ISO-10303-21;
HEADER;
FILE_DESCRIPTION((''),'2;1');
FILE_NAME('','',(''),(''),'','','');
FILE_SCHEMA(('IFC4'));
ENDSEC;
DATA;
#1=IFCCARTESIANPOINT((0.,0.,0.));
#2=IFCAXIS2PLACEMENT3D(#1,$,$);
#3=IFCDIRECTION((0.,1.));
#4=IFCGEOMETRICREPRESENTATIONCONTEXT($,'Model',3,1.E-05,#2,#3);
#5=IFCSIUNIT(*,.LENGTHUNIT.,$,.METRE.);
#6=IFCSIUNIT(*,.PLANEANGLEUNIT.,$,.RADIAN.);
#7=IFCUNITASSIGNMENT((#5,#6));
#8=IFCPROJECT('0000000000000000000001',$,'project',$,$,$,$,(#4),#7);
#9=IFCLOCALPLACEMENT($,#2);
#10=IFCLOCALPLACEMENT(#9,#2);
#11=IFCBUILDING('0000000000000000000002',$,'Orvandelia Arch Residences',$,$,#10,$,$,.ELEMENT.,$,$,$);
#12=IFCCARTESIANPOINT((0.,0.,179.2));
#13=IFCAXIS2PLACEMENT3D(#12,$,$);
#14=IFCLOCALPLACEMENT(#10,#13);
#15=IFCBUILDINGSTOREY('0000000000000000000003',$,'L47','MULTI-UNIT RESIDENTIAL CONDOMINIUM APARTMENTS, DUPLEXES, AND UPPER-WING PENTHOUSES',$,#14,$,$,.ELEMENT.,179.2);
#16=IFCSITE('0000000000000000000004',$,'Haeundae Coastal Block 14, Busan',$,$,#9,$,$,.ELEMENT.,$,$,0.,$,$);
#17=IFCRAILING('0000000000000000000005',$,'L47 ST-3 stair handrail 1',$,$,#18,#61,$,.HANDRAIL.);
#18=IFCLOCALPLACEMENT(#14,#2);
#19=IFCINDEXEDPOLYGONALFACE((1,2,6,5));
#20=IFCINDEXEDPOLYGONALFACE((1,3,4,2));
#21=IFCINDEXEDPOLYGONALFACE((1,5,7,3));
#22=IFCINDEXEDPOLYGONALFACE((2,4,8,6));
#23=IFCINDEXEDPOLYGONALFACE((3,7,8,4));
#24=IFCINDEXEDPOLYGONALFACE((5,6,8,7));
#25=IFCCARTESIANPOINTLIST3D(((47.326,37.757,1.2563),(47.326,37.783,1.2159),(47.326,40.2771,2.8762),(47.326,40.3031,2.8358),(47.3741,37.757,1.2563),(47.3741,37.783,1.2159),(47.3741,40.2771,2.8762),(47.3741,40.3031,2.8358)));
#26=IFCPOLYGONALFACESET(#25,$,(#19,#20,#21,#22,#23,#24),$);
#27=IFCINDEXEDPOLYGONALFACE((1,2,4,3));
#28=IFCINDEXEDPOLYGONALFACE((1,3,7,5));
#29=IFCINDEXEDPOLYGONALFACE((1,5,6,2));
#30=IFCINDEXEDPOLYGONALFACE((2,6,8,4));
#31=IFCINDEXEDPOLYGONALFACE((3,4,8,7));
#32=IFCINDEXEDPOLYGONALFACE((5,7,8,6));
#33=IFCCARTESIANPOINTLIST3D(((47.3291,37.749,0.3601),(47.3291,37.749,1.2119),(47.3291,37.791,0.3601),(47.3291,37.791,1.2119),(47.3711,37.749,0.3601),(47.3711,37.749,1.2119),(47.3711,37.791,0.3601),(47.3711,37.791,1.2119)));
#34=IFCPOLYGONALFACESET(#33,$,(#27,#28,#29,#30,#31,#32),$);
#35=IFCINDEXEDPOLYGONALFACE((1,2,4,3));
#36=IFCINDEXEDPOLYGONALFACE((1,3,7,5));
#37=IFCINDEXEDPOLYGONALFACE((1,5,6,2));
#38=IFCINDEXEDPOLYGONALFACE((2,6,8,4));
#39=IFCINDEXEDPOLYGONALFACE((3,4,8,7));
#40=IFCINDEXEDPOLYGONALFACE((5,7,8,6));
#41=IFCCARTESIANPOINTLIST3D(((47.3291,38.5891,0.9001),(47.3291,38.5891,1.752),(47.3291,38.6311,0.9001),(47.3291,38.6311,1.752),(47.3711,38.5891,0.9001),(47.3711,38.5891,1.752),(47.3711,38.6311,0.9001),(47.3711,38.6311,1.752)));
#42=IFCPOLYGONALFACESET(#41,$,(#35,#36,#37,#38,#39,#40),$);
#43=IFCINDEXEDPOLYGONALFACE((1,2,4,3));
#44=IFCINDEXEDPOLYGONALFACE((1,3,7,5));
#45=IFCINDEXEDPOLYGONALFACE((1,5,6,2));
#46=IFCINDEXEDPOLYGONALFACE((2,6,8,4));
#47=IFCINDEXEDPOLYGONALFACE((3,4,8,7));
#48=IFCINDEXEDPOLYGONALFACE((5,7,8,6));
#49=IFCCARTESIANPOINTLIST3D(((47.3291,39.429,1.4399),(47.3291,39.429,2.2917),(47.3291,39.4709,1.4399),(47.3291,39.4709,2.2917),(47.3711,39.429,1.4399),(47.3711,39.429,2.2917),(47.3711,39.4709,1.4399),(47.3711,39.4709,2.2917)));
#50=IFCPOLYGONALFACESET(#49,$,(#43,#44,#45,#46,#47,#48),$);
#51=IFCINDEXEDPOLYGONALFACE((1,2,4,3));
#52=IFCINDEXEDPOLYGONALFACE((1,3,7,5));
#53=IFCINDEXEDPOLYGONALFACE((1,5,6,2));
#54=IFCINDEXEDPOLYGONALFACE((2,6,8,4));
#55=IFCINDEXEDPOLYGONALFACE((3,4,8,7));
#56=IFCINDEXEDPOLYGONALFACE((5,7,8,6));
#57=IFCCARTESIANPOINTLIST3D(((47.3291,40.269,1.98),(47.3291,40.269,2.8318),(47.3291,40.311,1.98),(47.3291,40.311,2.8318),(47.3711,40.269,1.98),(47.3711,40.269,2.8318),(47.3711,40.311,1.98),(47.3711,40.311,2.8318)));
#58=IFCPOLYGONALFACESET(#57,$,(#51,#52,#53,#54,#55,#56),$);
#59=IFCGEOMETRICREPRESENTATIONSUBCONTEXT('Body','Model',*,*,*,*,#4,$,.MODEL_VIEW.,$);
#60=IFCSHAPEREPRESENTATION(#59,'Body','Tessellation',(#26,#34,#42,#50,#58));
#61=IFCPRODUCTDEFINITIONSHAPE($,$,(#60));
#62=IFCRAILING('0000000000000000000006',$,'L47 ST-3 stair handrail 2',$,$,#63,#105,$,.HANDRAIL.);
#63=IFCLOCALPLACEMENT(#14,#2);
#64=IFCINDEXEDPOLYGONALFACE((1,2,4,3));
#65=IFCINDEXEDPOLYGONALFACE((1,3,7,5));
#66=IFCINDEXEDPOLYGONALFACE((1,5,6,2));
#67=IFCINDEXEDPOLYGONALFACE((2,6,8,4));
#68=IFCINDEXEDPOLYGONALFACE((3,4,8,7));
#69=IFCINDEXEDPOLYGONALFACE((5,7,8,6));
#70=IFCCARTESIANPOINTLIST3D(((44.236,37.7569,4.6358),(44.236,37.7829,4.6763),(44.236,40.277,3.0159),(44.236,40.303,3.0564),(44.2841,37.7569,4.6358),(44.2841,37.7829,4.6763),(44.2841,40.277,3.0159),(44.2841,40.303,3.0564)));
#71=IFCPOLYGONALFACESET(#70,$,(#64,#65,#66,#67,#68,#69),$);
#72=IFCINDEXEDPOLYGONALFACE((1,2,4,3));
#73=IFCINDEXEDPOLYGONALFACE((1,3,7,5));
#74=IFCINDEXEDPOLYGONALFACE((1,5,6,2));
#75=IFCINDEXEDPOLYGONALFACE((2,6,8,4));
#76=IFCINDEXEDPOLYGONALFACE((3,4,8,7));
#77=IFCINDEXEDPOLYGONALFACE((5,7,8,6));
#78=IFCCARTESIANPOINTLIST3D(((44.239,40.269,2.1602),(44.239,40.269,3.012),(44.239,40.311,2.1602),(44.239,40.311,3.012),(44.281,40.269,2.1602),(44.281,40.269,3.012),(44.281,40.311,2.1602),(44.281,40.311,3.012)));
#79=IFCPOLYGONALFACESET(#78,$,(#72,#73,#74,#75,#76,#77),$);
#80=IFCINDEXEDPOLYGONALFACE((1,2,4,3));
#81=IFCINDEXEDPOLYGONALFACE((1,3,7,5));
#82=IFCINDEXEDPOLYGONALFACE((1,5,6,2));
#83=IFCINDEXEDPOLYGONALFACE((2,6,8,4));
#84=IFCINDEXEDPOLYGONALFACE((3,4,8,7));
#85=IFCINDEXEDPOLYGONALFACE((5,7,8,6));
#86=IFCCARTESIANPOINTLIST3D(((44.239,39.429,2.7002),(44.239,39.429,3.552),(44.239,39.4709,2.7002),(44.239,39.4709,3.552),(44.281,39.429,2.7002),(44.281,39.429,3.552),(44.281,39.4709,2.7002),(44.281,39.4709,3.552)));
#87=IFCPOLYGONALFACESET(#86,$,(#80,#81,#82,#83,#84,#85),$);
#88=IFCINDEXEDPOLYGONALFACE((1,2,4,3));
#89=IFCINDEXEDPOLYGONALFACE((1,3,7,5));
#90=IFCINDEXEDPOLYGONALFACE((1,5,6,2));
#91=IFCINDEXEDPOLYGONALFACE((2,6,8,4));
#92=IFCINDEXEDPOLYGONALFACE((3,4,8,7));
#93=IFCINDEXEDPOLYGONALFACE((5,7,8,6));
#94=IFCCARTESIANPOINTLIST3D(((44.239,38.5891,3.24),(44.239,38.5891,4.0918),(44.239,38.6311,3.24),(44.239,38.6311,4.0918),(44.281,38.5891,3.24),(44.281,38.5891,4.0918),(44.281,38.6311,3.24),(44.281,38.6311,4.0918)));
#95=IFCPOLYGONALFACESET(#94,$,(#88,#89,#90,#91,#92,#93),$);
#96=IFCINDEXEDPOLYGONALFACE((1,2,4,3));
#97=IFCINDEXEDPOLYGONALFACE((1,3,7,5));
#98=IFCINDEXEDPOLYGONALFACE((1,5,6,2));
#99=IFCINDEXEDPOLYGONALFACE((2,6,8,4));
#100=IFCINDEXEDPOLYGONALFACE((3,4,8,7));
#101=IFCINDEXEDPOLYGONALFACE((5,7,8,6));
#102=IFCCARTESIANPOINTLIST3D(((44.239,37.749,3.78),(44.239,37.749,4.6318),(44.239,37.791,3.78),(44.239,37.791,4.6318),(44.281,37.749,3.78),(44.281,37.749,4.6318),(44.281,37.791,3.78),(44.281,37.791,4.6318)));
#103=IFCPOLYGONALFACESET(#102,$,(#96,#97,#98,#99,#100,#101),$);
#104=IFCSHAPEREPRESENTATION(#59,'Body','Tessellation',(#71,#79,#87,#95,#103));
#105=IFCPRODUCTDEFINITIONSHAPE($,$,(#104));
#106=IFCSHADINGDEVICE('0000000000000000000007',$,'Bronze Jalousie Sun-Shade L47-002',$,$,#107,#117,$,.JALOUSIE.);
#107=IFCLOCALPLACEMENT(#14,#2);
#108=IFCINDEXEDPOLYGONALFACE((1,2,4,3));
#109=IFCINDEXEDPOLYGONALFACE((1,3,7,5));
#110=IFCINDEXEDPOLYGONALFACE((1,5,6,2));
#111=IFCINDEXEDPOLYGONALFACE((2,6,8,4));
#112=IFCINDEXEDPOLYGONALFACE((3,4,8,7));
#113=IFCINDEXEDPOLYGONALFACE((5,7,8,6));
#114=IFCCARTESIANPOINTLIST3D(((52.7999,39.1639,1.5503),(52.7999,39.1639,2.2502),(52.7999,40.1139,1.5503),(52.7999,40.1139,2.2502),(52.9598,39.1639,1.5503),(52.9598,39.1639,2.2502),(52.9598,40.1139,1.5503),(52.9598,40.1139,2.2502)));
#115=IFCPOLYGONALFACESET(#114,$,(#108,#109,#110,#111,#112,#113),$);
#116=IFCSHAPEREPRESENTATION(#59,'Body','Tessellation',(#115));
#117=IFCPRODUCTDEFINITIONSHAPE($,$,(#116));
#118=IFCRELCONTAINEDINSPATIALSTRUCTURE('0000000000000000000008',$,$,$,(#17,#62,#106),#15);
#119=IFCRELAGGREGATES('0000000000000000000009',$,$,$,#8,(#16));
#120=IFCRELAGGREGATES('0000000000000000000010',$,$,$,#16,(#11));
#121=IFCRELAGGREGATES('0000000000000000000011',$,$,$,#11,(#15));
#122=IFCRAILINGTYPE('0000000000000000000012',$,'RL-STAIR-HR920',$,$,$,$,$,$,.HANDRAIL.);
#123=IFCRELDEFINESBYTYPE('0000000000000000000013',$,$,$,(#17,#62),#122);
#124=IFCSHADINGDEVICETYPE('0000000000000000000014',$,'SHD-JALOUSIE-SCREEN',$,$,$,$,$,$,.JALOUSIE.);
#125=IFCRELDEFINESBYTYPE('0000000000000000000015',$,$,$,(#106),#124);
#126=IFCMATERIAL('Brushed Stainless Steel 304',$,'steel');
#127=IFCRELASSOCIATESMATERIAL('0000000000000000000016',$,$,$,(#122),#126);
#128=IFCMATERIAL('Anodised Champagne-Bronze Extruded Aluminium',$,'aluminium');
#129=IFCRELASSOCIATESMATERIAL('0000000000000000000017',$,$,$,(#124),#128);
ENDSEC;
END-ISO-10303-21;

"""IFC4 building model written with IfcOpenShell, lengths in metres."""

from ifc_helpers import new_model, si_unit, direction, frame, origin, origin_2d, place, context, subcontext, project, spatial, rectangle, extrude, material, type_object, element, save


model = new_model("IFC4")

# Units and contexts
model_context = context("Model", 3, precision=1e-05, world=origin(), true_north=direction((0.0, 1.0)))
body_context = subcontext(model_context, "Body", "Model", "MODEL_VIEW")
ifc_project = project(units=[si_unit("LENGTHUNIT", "METRE"), si_unit("PLANEANGLEUNIT", "RADIAN")], contexts=[model_context])

# Site, building, storey
site_placement = place(None, origin())
site = spatial("IfcSite", under=ifc_project, at=site_placement, Name="Haeundae Coastal Block 14, Busan", CompositionType="ELEMENT", RefElevation=0.0)
building_placement = place(site_placement, origin())
building = spatial("IfcBuilding", under=site, at=building_placement, Name="Orvandelia Arch Residences", CompositionType="ELEMENT")
storey_placement = place(building_placement, frame((0.0, 0.0, 179.2)))
storey = spatial("IfcBuildingStorey", under=building, at=storey_placement, Name="L47", Description="MULTI-UNIT RESIDENTIAL CONDOMINIUM APARTMENTS, DUPLEXES, AND UPPER-WING PENTHOUSES", CompositionType="ELEMENT", Elevation=179.2)

# Railings
ifc_material_1 = material(Name="Brushed Stainless Steel 304", Category="steel")
railing_type_1 = type_object("IfcRailingType", Name="RL-STAIR-HR920", PredefinedType="HANDRAIL", material=ifc_material_1)
railing_1_placement = place(storey_placement, frame((47.3501, 37.77, 0.3601)))
element("IfcRailing", 1, at=railing_1_placement, inside=storey, type_object=railing_type_1, Name="L47 ST-3 stair handrail 1", PredefinedType="HANDRAIL", context=body_context, shape_type="SweptSolid", body=[
    extrude(rectangle(XDim=0.0481, YDim=0.0481, at=origin_2d()), frame((0.0, 0.0, 0.876), z_axis=(0.0, 0.8412, 0.540725), x_axis=(-1.0, 0.0, 0.0)), (0.0, 0.0, 1.0), 2.9958),
    extrude(rectangle(XDim=0.042, YDim=0.042, at=origin_2d()), origin(), (0.0, 0.0, 1.0), 0.8518),
    extrude(rectangle(XDim=0.042, YDim=0.042, at=origin_2d()), frame((0.0, 0.8401, 0.54)), (0.0, 0.0, 1.0), 0.8518),
    extrude(rectangle(XDim=0.042, YDim=0.042, at=origin_2d()), frame((0.0, 1.6799, 1.0798)), (0.0, 0.0, 1.0), 0.8518),
    extrude(rectangle(XDim=0.042, YDim=0.042, at=origin_2d()), frame((0.0, 2.52, 1.6199)), (0.0, 0.0, 1.0), 0.8518),
])
railing_2_placement = place(storey_placement, frame((44.26, 40.29, 2.1602)))
element("IfcRailing", 2, at=railing_2_placement, inside=storey, type_object=railing_type_1, Name="L47 ST-3 stair handrail 2", PredefinedType="HANDRAIL", context=body_context, shape_type="SweptSolid", body=[
    extrude(rectangle(XDim=0.0481, YDim=0.0481, at=origin_2d()), frame((0.0, 0.0, 0.876), z_axis=(0.0, -0.8412, 0.540725), x_axis=(1.0, 0.0, 0.0)), (0.0, 0.0, 1.0), 2.9958),
    extrude(rectangle(XDim=0.042, YDim=0.042, at=origin_2d()), origin(), (0.0, 0.0, 1.0), 0.8518),
    extrude(rectangle(XDim=0.042, YDim=0.042, at=origin_2d()), frame((0.0, -0.8401, 0.54)), (0.0, 0.0, 1.0), 0.8518),
    extrude(rectangle(XDim=0.042, YDim=0.042, at=origin_2d()), frame((0.0, -1.6799, 1.0798)), (0.0, 0.0, 1.0), 0.8518),
    extrude(rectangle(XDim=0.042, YDim=0.042, at=origin_2d()), frame((0.0, -2.52, 1.6199)), (0.0, 0.0, 1.0), 0.8518),
])

# Shading device
ifc_material_2 = material(Name="Anodised Champagne-Bronze Extruded Aluminium", Category="aluminium")
shading_device_type = type_object("IfcShadingDeviceType", Name="SHD-JALOUSIE-SCREEN", PredefinedType="JALOUSIE", material=ifc_material_2)
shading_device_placement = place(storey_placement, frame((52.8799, 39.6389, 1.5503), z_axis=(0.0, 0.0, 1.0), x_axis=(0.0, -1.0, 0.0)))
element("IfcShadingDevice", 3, at=shading_device_placement, inside=storey, type_object=shading_device_type, Name="Bronze Jalousie Sun-Shade L47-002", PredefinedType="JALOUSIE", context=body_context, shape_type="SweptSolid", body=[
    extrude(rectangle(XDim=0.95, YDim=0.1599, at=origin_2d()), origin(), (0.0, 0.0, 1.0), 0.7),
])

save(model, "model.ifc")
